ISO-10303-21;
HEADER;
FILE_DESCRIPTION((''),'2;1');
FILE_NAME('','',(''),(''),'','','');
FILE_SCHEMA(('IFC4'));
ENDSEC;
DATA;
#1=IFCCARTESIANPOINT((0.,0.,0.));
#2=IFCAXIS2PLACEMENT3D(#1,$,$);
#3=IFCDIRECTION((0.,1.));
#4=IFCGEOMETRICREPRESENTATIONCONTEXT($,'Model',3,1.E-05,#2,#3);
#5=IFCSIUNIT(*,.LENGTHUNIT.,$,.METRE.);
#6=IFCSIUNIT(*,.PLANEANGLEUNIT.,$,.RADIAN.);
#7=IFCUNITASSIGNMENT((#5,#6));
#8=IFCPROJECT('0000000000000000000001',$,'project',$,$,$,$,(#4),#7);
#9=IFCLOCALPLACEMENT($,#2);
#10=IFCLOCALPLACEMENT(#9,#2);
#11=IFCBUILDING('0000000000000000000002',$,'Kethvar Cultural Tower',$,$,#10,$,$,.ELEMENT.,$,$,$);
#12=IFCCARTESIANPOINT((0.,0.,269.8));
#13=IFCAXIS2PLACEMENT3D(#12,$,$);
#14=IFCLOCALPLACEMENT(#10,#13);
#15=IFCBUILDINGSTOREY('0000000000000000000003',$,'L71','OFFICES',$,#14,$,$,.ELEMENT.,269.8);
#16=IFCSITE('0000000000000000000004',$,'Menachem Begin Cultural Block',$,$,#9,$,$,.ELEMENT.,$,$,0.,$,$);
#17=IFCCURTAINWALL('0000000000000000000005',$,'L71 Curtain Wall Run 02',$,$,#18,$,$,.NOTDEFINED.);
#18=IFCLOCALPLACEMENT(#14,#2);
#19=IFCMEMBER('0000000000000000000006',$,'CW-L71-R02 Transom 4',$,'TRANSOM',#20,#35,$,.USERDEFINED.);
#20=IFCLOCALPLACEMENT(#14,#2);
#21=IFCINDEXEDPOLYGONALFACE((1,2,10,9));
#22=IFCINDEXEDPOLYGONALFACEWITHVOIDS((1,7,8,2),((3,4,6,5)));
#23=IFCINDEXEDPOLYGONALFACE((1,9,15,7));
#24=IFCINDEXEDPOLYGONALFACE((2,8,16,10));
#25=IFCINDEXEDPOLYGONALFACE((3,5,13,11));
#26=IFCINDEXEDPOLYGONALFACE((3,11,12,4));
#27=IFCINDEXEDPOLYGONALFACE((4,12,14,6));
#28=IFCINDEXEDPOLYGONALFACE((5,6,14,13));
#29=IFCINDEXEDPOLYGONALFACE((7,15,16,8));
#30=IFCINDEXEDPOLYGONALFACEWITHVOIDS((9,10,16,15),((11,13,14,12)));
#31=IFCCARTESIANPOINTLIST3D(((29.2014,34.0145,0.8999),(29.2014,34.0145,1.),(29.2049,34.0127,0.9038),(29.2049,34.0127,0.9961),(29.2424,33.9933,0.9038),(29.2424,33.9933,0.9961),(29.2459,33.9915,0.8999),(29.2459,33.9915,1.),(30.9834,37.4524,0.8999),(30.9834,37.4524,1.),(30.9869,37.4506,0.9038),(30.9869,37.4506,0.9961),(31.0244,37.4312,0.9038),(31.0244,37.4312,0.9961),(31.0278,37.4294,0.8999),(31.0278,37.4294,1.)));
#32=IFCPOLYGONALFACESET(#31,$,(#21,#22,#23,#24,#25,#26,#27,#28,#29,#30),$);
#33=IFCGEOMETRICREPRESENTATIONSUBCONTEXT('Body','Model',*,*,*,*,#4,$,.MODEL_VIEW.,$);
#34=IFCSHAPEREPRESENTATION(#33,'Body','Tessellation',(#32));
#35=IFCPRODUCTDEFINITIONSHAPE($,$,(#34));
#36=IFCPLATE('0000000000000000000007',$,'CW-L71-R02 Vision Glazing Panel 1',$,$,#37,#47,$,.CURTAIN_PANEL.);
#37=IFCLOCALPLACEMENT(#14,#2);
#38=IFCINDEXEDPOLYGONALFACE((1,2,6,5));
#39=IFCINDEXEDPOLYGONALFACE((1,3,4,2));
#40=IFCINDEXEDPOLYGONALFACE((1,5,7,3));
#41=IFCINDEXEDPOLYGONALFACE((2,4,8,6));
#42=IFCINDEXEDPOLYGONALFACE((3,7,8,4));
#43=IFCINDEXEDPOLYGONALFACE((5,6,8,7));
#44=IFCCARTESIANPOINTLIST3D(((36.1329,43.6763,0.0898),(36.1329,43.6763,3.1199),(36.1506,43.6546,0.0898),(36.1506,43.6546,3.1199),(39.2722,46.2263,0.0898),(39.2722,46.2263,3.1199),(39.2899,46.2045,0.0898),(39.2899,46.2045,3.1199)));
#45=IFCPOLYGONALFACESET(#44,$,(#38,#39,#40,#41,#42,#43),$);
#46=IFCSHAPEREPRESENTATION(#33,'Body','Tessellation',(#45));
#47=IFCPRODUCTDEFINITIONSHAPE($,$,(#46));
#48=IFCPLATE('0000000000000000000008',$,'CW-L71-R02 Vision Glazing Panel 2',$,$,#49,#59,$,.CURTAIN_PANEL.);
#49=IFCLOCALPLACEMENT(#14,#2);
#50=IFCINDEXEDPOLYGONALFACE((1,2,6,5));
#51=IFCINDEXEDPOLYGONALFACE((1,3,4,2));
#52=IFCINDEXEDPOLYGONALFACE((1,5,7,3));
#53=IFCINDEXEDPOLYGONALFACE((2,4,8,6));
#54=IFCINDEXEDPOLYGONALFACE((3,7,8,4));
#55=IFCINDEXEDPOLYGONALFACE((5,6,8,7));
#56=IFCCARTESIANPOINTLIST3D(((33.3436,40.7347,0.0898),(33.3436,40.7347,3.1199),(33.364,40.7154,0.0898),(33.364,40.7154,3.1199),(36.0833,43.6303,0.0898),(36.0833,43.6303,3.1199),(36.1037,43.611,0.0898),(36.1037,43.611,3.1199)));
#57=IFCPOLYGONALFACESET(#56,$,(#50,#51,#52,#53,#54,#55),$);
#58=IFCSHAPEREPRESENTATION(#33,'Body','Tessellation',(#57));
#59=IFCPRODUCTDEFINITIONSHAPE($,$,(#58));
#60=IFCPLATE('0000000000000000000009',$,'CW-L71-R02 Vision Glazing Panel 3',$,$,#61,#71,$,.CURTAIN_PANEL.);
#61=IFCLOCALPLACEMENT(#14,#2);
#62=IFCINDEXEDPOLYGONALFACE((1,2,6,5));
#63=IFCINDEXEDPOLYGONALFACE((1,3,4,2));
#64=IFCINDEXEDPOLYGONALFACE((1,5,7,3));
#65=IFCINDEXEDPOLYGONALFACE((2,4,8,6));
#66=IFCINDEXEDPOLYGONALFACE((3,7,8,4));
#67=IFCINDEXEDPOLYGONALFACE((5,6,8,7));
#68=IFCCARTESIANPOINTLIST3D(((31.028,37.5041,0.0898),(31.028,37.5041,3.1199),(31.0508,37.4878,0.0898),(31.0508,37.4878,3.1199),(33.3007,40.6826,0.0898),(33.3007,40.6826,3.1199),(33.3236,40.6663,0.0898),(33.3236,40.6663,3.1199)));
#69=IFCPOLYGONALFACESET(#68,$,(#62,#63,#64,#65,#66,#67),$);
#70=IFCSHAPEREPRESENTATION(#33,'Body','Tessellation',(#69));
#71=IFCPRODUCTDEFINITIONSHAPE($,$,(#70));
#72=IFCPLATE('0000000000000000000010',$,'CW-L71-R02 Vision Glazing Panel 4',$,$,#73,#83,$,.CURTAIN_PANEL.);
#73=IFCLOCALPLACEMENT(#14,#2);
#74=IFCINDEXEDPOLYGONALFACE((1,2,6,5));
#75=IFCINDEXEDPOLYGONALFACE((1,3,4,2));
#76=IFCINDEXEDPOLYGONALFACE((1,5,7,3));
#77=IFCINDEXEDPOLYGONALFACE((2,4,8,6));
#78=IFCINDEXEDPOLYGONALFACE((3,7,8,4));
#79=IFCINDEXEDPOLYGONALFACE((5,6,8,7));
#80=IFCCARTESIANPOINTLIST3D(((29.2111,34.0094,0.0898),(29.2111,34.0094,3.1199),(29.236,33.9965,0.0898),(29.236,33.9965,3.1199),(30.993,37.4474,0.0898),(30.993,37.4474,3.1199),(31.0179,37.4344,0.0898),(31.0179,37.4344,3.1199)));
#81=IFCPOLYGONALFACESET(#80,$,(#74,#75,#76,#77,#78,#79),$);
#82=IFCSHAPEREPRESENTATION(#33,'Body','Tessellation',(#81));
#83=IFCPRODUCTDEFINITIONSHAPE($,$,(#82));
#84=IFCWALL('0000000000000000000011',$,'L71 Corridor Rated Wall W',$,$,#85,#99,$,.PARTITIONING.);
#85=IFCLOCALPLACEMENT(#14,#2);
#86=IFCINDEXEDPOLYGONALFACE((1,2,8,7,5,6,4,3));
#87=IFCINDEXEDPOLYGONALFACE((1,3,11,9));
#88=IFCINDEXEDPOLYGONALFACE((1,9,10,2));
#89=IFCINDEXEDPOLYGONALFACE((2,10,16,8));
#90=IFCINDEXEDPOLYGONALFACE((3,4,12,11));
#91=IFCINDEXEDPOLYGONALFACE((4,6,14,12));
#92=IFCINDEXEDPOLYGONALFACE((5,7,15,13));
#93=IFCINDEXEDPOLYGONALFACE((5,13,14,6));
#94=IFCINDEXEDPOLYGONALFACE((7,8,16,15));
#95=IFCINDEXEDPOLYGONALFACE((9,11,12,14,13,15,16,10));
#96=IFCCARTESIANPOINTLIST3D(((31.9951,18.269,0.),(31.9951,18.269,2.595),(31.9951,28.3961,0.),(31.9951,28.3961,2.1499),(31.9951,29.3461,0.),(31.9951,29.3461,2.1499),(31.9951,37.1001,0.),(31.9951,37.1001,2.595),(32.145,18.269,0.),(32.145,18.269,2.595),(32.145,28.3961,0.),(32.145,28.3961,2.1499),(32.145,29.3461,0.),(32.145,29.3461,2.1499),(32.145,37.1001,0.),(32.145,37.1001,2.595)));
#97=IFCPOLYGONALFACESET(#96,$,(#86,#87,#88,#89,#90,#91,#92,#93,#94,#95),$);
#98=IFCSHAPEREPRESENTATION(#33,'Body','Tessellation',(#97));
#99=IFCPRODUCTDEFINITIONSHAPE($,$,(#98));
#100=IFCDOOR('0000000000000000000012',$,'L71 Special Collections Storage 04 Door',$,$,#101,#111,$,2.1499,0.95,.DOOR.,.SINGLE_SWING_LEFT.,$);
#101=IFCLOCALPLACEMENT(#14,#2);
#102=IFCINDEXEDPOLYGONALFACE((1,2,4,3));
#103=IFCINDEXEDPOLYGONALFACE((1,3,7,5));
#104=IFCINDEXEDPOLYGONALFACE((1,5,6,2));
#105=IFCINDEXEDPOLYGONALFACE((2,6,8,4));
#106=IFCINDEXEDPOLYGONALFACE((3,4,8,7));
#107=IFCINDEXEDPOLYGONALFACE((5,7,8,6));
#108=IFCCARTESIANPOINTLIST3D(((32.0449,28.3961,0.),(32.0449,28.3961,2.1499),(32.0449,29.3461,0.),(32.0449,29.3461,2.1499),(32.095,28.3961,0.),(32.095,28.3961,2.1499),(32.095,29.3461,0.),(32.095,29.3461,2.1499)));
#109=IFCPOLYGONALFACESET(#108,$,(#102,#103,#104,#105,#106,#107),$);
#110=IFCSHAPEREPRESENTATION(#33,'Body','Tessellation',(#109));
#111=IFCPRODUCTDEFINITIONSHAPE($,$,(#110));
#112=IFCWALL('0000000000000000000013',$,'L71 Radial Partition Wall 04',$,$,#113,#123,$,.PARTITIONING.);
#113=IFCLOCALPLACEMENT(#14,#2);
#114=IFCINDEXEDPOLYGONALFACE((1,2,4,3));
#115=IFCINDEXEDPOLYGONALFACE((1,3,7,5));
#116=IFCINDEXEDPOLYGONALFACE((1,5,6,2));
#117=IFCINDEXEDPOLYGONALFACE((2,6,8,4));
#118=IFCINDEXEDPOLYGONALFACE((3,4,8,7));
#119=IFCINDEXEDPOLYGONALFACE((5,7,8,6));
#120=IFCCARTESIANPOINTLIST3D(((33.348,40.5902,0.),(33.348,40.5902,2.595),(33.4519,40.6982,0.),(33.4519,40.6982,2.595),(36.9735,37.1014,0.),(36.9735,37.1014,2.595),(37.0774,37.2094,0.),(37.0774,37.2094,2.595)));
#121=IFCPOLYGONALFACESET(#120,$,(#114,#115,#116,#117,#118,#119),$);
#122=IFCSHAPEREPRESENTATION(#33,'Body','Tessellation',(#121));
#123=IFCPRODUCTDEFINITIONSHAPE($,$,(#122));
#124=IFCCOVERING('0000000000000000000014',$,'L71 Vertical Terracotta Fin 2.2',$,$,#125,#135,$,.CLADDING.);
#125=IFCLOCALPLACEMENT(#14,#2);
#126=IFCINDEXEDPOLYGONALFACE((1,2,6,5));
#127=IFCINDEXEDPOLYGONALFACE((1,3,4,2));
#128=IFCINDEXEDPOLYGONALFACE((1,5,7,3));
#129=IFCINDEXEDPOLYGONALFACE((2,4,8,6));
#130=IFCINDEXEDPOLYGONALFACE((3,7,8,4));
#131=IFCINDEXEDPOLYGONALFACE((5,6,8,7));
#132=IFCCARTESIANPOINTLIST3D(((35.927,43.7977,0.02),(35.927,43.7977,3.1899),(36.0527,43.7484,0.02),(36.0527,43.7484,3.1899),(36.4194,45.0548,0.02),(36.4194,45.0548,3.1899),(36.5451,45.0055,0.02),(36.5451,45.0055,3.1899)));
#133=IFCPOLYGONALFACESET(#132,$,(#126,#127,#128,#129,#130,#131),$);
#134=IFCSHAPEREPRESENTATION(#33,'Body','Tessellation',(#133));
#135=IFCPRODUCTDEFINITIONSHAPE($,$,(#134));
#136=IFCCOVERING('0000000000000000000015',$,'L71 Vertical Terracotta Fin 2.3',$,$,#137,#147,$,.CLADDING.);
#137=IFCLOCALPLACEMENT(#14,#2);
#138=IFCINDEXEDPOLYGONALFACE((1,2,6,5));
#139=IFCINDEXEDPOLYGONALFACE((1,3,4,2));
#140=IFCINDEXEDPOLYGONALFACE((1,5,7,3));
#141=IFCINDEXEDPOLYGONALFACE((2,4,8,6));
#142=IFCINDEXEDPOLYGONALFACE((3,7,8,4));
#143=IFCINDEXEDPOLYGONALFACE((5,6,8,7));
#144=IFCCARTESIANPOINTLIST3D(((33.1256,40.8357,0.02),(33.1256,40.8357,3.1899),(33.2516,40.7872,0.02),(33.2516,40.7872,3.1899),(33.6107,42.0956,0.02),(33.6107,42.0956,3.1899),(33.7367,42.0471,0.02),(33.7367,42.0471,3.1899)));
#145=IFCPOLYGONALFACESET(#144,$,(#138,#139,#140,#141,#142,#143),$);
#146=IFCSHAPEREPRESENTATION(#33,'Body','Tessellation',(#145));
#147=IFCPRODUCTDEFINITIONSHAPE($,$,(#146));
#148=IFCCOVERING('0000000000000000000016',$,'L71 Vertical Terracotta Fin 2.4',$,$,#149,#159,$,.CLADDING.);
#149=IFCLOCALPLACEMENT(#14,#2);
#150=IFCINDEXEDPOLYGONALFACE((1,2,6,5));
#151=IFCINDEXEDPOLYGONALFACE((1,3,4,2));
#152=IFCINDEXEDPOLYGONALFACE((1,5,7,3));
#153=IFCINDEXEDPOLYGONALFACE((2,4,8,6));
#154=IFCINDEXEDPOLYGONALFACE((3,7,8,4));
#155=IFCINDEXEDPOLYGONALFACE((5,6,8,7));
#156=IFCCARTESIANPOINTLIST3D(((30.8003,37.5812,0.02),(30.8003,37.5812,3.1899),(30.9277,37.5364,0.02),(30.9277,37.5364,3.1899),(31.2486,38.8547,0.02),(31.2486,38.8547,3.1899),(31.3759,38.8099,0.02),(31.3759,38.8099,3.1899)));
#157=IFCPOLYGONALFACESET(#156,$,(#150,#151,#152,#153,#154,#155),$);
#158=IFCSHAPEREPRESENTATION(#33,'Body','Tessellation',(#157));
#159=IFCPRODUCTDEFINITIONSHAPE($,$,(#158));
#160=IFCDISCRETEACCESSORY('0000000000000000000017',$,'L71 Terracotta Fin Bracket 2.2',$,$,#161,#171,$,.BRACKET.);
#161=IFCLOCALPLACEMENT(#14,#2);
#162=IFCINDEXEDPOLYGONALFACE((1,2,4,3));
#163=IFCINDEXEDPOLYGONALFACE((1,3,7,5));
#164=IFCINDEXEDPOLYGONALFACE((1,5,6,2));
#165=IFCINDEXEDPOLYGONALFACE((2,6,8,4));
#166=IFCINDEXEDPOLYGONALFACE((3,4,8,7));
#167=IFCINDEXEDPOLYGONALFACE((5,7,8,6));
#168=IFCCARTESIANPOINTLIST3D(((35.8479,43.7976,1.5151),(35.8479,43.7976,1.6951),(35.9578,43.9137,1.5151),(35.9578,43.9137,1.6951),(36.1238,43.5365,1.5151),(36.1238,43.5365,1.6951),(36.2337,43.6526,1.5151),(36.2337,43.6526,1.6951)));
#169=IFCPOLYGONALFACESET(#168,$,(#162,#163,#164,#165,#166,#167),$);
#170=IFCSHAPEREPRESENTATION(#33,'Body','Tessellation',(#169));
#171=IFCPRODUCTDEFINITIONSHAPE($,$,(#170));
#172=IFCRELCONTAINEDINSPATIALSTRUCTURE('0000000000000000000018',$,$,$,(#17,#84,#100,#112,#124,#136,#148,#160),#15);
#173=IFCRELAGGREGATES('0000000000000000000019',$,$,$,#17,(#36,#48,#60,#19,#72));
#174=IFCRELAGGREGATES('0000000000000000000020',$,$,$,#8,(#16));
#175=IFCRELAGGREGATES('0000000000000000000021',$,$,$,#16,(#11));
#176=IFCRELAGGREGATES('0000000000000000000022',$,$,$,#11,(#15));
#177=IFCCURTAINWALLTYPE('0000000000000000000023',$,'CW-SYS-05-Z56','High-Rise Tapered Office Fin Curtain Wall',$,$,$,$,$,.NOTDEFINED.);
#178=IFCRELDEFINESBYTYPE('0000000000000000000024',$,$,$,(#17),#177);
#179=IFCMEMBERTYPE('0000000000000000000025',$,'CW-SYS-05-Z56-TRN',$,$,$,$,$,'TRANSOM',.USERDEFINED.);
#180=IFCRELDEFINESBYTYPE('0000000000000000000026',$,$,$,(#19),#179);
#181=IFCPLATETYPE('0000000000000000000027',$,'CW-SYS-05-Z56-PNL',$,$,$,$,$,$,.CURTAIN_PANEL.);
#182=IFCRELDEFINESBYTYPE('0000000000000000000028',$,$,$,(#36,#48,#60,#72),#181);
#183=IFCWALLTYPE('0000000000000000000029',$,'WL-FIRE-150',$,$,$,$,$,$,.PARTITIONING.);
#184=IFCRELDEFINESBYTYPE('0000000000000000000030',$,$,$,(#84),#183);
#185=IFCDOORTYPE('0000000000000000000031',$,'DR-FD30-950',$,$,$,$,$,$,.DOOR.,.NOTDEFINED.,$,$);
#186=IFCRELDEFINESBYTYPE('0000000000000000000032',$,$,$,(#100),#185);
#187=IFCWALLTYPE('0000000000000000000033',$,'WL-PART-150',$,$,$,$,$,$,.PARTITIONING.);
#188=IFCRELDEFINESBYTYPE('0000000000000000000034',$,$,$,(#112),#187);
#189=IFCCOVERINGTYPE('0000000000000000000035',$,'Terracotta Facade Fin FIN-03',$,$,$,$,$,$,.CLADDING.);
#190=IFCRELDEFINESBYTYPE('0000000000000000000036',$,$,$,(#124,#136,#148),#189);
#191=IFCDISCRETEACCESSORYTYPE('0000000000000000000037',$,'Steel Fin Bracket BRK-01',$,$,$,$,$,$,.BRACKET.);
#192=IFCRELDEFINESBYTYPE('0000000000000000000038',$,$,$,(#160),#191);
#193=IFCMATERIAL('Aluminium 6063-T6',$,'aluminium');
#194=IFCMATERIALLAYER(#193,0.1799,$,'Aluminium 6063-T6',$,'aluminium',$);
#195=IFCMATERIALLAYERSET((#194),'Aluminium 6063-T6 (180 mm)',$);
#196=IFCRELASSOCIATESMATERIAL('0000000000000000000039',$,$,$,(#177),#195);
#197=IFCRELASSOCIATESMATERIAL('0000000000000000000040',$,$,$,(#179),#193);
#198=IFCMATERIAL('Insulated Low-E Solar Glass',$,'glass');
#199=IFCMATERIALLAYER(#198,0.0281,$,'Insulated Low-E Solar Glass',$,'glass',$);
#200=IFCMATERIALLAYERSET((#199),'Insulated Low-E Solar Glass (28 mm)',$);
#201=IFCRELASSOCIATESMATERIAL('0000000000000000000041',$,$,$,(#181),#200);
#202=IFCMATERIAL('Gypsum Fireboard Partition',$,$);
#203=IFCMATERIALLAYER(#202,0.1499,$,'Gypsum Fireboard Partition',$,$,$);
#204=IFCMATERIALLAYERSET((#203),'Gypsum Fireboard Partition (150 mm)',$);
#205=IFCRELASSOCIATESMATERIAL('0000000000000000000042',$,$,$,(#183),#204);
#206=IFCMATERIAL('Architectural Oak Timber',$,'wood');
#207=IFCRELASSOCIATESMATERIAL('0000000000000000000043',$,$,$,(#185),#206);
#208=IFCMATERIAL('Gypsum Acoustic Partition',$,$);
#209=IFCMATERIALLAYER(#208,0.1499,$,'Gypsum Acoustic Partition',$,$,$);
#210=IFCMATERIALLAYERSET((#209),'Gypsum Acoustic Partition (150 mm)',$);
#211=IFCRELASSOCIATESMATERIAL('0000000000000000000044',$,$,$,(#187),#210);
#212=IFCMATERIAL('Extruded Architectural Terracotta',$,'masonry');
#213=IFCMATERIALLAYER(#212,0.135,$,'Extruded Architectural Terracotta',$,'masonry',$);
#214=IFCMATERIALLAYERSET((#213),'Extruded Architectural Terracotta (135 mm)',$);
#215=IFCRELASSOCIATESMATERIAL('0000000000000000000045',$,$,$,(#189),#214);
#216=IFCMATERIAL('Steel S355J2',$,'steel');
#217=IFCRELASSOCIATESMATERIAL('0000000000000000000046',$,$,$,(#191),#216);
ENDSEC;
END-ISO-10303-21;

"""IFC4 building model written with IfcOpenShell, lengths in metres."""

from ifc_helpers import new_model, si_unit, direction, frame, frame_2d, origin, origin_2d, place, context, subcontext, project, spatial, rectangle, hollow_rectangle, extrude, source, transform, mapped, material, layer, layer_set, material_profile, profile_set, type_object, element, fill, aggregate, save


model = new_model("IFC4")

# Units and contexts
model_context = context("Model", 3, precision=1e-05, world=origin(), true_north=direction((0.0, 1.0)))
body_context = subcontext(model_context, "Body", "Model", "MODEL_VIEW")
ifc_project = project(units=[si_unit("LENGTHUNIT", "METRE"), si_unit("PLANEANGLEUNIT", "RADIAN")], contexts=[model_context])

# Site, building, storey
site_placement = place(None, origin())
site = spatial("IfcSite", under=ifc_project, at=site_placement, Name="Menachem Begin Cultural Block", CompositionType="ELEMENT", RefElevation=0.0)
building_placement = place(site_placement, origin())
building = spatial("IfcBuilding", under=site, at=building_placement, Name="Kethvar Cultural Tower", CompositionType="ELEMENT")
storey_placement = place(building_placement, frame((0.0, 0.0, 269.8)))
storey = spatial("IfcBuildingStorey", under=building, at=storey_placement, Name="L71", Description="OFFICES", CompositionType="ELEMENT", Elevation=269.8)

# Shared definitions
ifc_material_1 = material(Name="Steel S355J2", Category="steel")

# Curtain wall, member, plates
ifc_material_2 = material(Name="Aluminium 6063-T6", Category="aluminium")
ifc_layer_1 = layer(ifc_material_2, 0.1799, Name="Aluminium 6063-T6", Category="aluminium")
ifc_layer_set_1 = layer_set([ifc_layer_1], Name="Aluminium 6063-T6 (180 mm)")
curtain_wall_type = type_object("IfcCurtainWallType", Name="CW-SYS-05-Z56", Description="High-Rise Tapered Office Fin Curtain Wall", PredefinedType="NOTDEFINED", material=ifc_layer_set_1)
curtain_wall_placement = place(storey_placement, origin())
curtain_wall = element("IfcCurtainWall", 1, at=curtain_wall_placement, inside=storey, type_object=curtain_wall_type, Name="L71 Curtain Wall Run 02", PredefinedType="NOTDEFINED")
ifc_material_profile_1 = material_profile(ifc_material_2, hollow_rectangle(XDim=0.05, YDim=0.1001, WallThickness=0.0039, at=origin_2d()), Name="Aluminium 6063-T6 — RHS100x50x4")
ifc_profile_set_1 = profile_set([ifc_material_profile_1], Name="Aluminium 6063-T6 — RHS100x50x4")
member_type_1 = type_object("IfcMemberType", Name="CW-SYS-05-Z56-TRN", ElementType="TRANSOM", PredefinedType="USERDEFINED", material=ifc_profile_set_1)
shared_shape_1 = source(origin(), body_context, "Body", "SweptSolid", [
    extrude(hollow_rectangle(XDim=0.05, YDim=0.1001, WallThickness=0.0039, at=origin_2d()), origin(), (0.0, 0.0, 1.0), 3.8723),
])
member_1_placement = place(storey_placement, frame((31.0056, 37.4409, 0.95), z_axis=(-0.460179, -0.887826, 0.0), x_axis=(0.887826, -0.460179, 0.0)))
member_1 = element("IfcMember", 2, at=member_1_placement, type_object=member_type_1, Name="CW-L71-R02 Transom 4", ObjectType="TRANSOM", PredefinedType="USERDEFINED", context=body_context, shape_type="MappedRepresentation", body=[
    mapped(shared_shape_1, transform((0.0, 0.0, 0.0), scale=1.0)),
])
ifc_material_3 = material(Name="Insulated Low-E Solar Glass", Category="glass")
ifc_layer_2 = layer(ifc_material_3, 0.0281, Name="Insulated Low-E Solar Glass", Category="glass")
ifc_layer_set_2 = layer_set([ifc_layer_2], Name="Insulated Low-E Solar Glass (28 mm)")
plate_type = type_object("IfcPlateType", Name="CW-SYS-05-Z56-PNL", PredefinedType="CURTAIN_PANEL", material=ifc_layer_set_2)
shared_shape_2 = source(origin(), body_context, "Body", "SweptSolid", [
    extrude(rectangle(XDim=4.0444, YDim=0.0281, at=origin_2d()), origin(), (0.0, 0.0, 1.0), 3.03),
])
plate_1_placement = place(storey_placement, frame((37.7114, 44.9404, 0.0898), z_axis=(0.0, 0.0, 1.0), x_axis=(-0.7762, -0.630486, 0.0)))
plate_1 = element("IfcPlate", 3, at=plate_1_placement, type_object=plate_type, Name="CW-L71-R02 Vision Glazing Panel 1", PredefinedType="CURTAIN_PANEL", context=body_context, shape_type="MappedRepresentation", body=[
    mapped(shared_shape_2, transform((0.0, 0.0, 0.0), scale=1.0)),
])
shared_shape_3 = source(origin(), body_context, "Body", "SweptSolid", [
    extrude(rectangle(XDim=3.9863, YDim=0.0281, at=origin_2d()), origin(), (0.0, 0.0, 1.0), 3.03),
])
plate_2_placement = place(storey_placement, frame((34.7236, 42.1729, 0.0898), z_axis=(0.0, 0.0, 1.0), x_axis=(-0.687278, -0.726395, 0.0)))
plate_2 = element("IfcPlate", 4, at=plate_2_placement, type_object=plate_type, Name="CW-L71-R02 Vision Glazing Panel 2", PredefinedType="CURTAIN_PANEL", context=body_context, shape_type="MappedRepresentation", body=[
    mapped(shared_shape_3, transform((0.0, 0.0, 0.0), scale=1.0)),
])
shared_shape_4 = source(origin(), body_context, "Body", "SweptSolid", [
    extrude(rectangle(XDim=3.9075, YDim=0.0281, at=origin_2d()), origin(), (0.0, 0.0, 1.0), 3.03),
])
plate_3_placement = place(storey_placement, frame((32.1758, 39.0852, 0.0898), z_axis=(0.0, 0.0, 1.0), x_axis=(-0.58164, -0.813446, 0.0)))
plate_3 = element("IfcPlate", 5, at=plate_3_placement, type_object=plate_type, Name="CW-L71-R02 Vision Glazing Panel 3", PredefinedType="CURTAIN_PANEL", context=body_context, shape_type="MappedRepresentation", body=[
    mapped(shared_shape_4, transform((0.0, 0.0, 0.0), scale=1.0)),
])
shared_shape_5 = source(origin(), body_context, "Body", "SweptSolid", [
    extrude(rectangle(XDim=3.8723, YDim=0.0281, at=origin_2d()), origin(), (0.0, 0.0, 1.0), 3.03),
])
plate_4_placement = place(storey_placement, frame((30.1145, 35.7219, 0.0898), z_axis=(0.0, 0.0, 1.0), x_axis=(-0.460169, -0.887831, 0.0)))
plate_4 = element("IfcPlate", 6, at=plate_4_placement, type_object=plate_type, Name="CW-L71-R02 Vision Glazing Panel 4", PredefinedType="CURTAIN_PANEL", context=body_context, shape_type="MappedRepresentation", body=[
    mapped(shared_shape_5, transform((0.0, 0.0, 0.0), scale=1.0)),
])
aggregate(curtain_wall, [plate_1, plate_2, plate_3, member_1, plate_4])

# Wall, opening, door
ifc_material_4 = material(Name="Gypsum Fireboard Partition")
ifc_layer_3 = layer(ifc_material_4, 0.1499, Name="Gypsum Fireboard Partition")
ifc_layer_set_3 = layer_set([ifc_layer_3], Name="Gypsum Fireboard Partition (150 mm)")
wall_type_1 = type_object("IfcWallType", Name="WL-FIRE-150", PredefinedType="PARTITIONING", material=ifc_layer_set_3)
wall_1_placement = place(storey_placement, frame((32.0701, 37.1001, 0.0), z_axis=(0.0, 0.0, 1.0), x_axis=(0.0, -1.0, 0.0)))
wall_1 = element("IfcWall", 7, at=wall_1_placement, inside=storey, type_object=wall_type_1, Name="L71 Corridor Rated Wall W", PredefinedType="PARTITIONING", context=body_context, shape_type="SweptSolid", body=[
    extrude(rectangle(XDim=18.8311, YDim=0.1499, at=frame_2d((9.4155, 0.0))), origin(), (0.0, 0.0, 1.0), 2.595),
])
opening_placement = place(wall_1_placement, frame((7.7539, 0.0, 0.0)))
opening = element("IfcOpeningElement", 8, at=opening_placement, cuts=wall_1, PredefinedType="OPENING", context=body_context, shape_type="SweptSolid", body=[
    extrude(rectangle(XDim=0.95, YDim=2.1499, at=frame_2d((0.4751, 1.075))), frame((0.0, 0.085, 0.0), z_axis=(0.0, -1.0, 0.0), x_axis=(1.0, 0.0, 0.0)), (0.0, 0.0, 1.0), 0.1699),
])
ifc_material_5 = material(Name="Architectural Oak Timber", Category="wood")
door_type = type_object("IfcDoorType", Name="DR-FD30-950", OperationType="NOTDEFINED", PredefinedType="DOOR", material=ifc_material_5)
shared_shape_6 = source(origin(), body_context, "Body", "SweptSolid", [
    extrude(rectangle(XDim=0.95, YDim=2.1499, at=frame_2d((0.4751, 1.075))), frame((0.0, 0.0249, 0.0), z_axis=(0.0, -1.0, 0.0), x_axis=(1.0, 0.0, 0.0)), (0.0, 0.0, 1.0), 0.05),
])
door_placement = place(opening_placement, origin())
door = element("IfcDoor", 9, at=door_placement, inside=storey, type_object=door_type, Name="L71 Special Collections Storage 04 Door", OperationType="SINGLE_SWING_LEFT", OverallHeight=2.1499, OverallWidth=0.95, PredefinedType="DOOR", context=body_context, shape_type="MappedRepresentation", body=[
    mapped(shared_shape_6, transform((0.0, 0.0, 0.0), scale=1.0)),
])
fill(opening, door)

# Wall
ifc_material_6 = material(Name="Gypsum Acoustic Partition")
ifc_layer_4 = layer(ifc_material_6, 0.1499, Name="Gypsum Acoustic Partition")
ifc_layer_set_4 = layer_set([ifc_layer_4], Name="Gypsum Acoustic Partition (150 mm)")
wall_type_2 = type_object("IfcWallType", Name="WL-PART-150", PredefinedType="PARTITIONING", material=ifc_layer_set_4)
wall_2_placement = place(storey_placement, frame((37.0254, 37.1555, 0.0), z_axis=(0.0, 0.0, 1.0), x_axis=(-0.720563, 0.69339, 0.0)))
element("IfcWall", 10, at=wall_2_placement, inside=storey, type_object=wall_type_2, Name="L71 Radial Partition Wall 04", PredefinedType="PARTITIONING", context=body_context, shape_type="SweptSolid", body=[
    extrude(rectangle(XDim=5.0315, YDim=0.1499, at=frame_2d((2.5156, 0.0))), origin(), (0.0, 0.0, 1.0), 2.595),
])

# Coverings
ifc_material_7 = material(Name="Extruded Architectural Terracotta", Category="masonry")
ifc_layer_5 = layer(ifc_material_7, 0.135, Name="Extruded Architectural Terracotta", Category="masonry")
ifc_layer_set_5 = layer_set([ifc_layer_5], Name="Extruded Architectural Terracotta (135 mm)")
covering_type = type_object("IfcCoveringType", Name="Terracotta Facade Fin FIN-03", PredefinedType="CLADDING", material=ifc_layer_set_5)
shared_shape_7 = source(origin(), body_context, "Body", "SweptSolid", [
    extrude(rectangle(XDim=1.3501, YDim=0.135, at=origin_2d()), origin(), (0.0, 0.0, 1.0), 3.1699),
])
for number, where, z_axis, x_axis, name in (
    (11, (36.2361, 44.4016, 0.02), (0.0, 0.0, 1.0), (0.364714, 0.931119, 0.0), "L71 Vertical Terracotta Fin 2.2"),
    (12, (33.4312, 41.4414, 0.02), (0.0, 0.0, 1.0), (0.359345, 0.933205, 0.0), "L71 Vertical Terracotta Fin 2.3"),
    (13, (31.0881, 38.1956, 0.02), (0.0, 0.0, 1.0), (0.331997, 0.943281, 0.0), "L71 Vertical Terracotta Fin 2.4"),
):
    element("IfcCovering", number, at=place(storey_placement, frame(where, z_axis=z_axis, x_axis=x_axis)), inside=storey, type_object=covering_type, Name=name, PredefinedType="CLADDING", context=body_context, shape_type="MappedRepresentation", body=[
        mapped(shared_shape_7, transform((0.0, 0.0, 0.0), scale=1.0)),
    ])

# Discrete accessory
discrete_accessory_type = type_object("IfcDiscreteAccessoryType", Name="Steel Fin Bracket BRK-01", PredefinedType="BRACKET", material=ifc_material_1)
shared_shape_8 = source(origin(), body_context, "Body", "SweptSolid", [
    extrude(rectangle(XDim=0.3799, YDim=0.1599, at=origin_2d()), origin(), (0.0, 0.0, 1.0), 0.1799),
])
for number, where, z_axis, x_axis, name in (
    (14, (36.0408, 43.7251, 1.5151), (0.0, 0.0, 1.0), (-0.726335, 0.687341, 0.0), "L71 Terracotta Fin Bracket 2.2"),
):
    element("IfcDiscreteAccessory", number, at=place(storey_placement, frame(where, z_axis=z_axis, x_axis=x_axis)), inside=storey, type_object=discrete_accessory_type, Name=name, PredefinedType="BRACKET", context=body_context, shape_type="MappedRepresentation", body=[
        mapped(shared_shape_8, transform((0.0, 0.0, 0.0), scale=1.0)),
    ])

save(model, "model.ifc")
